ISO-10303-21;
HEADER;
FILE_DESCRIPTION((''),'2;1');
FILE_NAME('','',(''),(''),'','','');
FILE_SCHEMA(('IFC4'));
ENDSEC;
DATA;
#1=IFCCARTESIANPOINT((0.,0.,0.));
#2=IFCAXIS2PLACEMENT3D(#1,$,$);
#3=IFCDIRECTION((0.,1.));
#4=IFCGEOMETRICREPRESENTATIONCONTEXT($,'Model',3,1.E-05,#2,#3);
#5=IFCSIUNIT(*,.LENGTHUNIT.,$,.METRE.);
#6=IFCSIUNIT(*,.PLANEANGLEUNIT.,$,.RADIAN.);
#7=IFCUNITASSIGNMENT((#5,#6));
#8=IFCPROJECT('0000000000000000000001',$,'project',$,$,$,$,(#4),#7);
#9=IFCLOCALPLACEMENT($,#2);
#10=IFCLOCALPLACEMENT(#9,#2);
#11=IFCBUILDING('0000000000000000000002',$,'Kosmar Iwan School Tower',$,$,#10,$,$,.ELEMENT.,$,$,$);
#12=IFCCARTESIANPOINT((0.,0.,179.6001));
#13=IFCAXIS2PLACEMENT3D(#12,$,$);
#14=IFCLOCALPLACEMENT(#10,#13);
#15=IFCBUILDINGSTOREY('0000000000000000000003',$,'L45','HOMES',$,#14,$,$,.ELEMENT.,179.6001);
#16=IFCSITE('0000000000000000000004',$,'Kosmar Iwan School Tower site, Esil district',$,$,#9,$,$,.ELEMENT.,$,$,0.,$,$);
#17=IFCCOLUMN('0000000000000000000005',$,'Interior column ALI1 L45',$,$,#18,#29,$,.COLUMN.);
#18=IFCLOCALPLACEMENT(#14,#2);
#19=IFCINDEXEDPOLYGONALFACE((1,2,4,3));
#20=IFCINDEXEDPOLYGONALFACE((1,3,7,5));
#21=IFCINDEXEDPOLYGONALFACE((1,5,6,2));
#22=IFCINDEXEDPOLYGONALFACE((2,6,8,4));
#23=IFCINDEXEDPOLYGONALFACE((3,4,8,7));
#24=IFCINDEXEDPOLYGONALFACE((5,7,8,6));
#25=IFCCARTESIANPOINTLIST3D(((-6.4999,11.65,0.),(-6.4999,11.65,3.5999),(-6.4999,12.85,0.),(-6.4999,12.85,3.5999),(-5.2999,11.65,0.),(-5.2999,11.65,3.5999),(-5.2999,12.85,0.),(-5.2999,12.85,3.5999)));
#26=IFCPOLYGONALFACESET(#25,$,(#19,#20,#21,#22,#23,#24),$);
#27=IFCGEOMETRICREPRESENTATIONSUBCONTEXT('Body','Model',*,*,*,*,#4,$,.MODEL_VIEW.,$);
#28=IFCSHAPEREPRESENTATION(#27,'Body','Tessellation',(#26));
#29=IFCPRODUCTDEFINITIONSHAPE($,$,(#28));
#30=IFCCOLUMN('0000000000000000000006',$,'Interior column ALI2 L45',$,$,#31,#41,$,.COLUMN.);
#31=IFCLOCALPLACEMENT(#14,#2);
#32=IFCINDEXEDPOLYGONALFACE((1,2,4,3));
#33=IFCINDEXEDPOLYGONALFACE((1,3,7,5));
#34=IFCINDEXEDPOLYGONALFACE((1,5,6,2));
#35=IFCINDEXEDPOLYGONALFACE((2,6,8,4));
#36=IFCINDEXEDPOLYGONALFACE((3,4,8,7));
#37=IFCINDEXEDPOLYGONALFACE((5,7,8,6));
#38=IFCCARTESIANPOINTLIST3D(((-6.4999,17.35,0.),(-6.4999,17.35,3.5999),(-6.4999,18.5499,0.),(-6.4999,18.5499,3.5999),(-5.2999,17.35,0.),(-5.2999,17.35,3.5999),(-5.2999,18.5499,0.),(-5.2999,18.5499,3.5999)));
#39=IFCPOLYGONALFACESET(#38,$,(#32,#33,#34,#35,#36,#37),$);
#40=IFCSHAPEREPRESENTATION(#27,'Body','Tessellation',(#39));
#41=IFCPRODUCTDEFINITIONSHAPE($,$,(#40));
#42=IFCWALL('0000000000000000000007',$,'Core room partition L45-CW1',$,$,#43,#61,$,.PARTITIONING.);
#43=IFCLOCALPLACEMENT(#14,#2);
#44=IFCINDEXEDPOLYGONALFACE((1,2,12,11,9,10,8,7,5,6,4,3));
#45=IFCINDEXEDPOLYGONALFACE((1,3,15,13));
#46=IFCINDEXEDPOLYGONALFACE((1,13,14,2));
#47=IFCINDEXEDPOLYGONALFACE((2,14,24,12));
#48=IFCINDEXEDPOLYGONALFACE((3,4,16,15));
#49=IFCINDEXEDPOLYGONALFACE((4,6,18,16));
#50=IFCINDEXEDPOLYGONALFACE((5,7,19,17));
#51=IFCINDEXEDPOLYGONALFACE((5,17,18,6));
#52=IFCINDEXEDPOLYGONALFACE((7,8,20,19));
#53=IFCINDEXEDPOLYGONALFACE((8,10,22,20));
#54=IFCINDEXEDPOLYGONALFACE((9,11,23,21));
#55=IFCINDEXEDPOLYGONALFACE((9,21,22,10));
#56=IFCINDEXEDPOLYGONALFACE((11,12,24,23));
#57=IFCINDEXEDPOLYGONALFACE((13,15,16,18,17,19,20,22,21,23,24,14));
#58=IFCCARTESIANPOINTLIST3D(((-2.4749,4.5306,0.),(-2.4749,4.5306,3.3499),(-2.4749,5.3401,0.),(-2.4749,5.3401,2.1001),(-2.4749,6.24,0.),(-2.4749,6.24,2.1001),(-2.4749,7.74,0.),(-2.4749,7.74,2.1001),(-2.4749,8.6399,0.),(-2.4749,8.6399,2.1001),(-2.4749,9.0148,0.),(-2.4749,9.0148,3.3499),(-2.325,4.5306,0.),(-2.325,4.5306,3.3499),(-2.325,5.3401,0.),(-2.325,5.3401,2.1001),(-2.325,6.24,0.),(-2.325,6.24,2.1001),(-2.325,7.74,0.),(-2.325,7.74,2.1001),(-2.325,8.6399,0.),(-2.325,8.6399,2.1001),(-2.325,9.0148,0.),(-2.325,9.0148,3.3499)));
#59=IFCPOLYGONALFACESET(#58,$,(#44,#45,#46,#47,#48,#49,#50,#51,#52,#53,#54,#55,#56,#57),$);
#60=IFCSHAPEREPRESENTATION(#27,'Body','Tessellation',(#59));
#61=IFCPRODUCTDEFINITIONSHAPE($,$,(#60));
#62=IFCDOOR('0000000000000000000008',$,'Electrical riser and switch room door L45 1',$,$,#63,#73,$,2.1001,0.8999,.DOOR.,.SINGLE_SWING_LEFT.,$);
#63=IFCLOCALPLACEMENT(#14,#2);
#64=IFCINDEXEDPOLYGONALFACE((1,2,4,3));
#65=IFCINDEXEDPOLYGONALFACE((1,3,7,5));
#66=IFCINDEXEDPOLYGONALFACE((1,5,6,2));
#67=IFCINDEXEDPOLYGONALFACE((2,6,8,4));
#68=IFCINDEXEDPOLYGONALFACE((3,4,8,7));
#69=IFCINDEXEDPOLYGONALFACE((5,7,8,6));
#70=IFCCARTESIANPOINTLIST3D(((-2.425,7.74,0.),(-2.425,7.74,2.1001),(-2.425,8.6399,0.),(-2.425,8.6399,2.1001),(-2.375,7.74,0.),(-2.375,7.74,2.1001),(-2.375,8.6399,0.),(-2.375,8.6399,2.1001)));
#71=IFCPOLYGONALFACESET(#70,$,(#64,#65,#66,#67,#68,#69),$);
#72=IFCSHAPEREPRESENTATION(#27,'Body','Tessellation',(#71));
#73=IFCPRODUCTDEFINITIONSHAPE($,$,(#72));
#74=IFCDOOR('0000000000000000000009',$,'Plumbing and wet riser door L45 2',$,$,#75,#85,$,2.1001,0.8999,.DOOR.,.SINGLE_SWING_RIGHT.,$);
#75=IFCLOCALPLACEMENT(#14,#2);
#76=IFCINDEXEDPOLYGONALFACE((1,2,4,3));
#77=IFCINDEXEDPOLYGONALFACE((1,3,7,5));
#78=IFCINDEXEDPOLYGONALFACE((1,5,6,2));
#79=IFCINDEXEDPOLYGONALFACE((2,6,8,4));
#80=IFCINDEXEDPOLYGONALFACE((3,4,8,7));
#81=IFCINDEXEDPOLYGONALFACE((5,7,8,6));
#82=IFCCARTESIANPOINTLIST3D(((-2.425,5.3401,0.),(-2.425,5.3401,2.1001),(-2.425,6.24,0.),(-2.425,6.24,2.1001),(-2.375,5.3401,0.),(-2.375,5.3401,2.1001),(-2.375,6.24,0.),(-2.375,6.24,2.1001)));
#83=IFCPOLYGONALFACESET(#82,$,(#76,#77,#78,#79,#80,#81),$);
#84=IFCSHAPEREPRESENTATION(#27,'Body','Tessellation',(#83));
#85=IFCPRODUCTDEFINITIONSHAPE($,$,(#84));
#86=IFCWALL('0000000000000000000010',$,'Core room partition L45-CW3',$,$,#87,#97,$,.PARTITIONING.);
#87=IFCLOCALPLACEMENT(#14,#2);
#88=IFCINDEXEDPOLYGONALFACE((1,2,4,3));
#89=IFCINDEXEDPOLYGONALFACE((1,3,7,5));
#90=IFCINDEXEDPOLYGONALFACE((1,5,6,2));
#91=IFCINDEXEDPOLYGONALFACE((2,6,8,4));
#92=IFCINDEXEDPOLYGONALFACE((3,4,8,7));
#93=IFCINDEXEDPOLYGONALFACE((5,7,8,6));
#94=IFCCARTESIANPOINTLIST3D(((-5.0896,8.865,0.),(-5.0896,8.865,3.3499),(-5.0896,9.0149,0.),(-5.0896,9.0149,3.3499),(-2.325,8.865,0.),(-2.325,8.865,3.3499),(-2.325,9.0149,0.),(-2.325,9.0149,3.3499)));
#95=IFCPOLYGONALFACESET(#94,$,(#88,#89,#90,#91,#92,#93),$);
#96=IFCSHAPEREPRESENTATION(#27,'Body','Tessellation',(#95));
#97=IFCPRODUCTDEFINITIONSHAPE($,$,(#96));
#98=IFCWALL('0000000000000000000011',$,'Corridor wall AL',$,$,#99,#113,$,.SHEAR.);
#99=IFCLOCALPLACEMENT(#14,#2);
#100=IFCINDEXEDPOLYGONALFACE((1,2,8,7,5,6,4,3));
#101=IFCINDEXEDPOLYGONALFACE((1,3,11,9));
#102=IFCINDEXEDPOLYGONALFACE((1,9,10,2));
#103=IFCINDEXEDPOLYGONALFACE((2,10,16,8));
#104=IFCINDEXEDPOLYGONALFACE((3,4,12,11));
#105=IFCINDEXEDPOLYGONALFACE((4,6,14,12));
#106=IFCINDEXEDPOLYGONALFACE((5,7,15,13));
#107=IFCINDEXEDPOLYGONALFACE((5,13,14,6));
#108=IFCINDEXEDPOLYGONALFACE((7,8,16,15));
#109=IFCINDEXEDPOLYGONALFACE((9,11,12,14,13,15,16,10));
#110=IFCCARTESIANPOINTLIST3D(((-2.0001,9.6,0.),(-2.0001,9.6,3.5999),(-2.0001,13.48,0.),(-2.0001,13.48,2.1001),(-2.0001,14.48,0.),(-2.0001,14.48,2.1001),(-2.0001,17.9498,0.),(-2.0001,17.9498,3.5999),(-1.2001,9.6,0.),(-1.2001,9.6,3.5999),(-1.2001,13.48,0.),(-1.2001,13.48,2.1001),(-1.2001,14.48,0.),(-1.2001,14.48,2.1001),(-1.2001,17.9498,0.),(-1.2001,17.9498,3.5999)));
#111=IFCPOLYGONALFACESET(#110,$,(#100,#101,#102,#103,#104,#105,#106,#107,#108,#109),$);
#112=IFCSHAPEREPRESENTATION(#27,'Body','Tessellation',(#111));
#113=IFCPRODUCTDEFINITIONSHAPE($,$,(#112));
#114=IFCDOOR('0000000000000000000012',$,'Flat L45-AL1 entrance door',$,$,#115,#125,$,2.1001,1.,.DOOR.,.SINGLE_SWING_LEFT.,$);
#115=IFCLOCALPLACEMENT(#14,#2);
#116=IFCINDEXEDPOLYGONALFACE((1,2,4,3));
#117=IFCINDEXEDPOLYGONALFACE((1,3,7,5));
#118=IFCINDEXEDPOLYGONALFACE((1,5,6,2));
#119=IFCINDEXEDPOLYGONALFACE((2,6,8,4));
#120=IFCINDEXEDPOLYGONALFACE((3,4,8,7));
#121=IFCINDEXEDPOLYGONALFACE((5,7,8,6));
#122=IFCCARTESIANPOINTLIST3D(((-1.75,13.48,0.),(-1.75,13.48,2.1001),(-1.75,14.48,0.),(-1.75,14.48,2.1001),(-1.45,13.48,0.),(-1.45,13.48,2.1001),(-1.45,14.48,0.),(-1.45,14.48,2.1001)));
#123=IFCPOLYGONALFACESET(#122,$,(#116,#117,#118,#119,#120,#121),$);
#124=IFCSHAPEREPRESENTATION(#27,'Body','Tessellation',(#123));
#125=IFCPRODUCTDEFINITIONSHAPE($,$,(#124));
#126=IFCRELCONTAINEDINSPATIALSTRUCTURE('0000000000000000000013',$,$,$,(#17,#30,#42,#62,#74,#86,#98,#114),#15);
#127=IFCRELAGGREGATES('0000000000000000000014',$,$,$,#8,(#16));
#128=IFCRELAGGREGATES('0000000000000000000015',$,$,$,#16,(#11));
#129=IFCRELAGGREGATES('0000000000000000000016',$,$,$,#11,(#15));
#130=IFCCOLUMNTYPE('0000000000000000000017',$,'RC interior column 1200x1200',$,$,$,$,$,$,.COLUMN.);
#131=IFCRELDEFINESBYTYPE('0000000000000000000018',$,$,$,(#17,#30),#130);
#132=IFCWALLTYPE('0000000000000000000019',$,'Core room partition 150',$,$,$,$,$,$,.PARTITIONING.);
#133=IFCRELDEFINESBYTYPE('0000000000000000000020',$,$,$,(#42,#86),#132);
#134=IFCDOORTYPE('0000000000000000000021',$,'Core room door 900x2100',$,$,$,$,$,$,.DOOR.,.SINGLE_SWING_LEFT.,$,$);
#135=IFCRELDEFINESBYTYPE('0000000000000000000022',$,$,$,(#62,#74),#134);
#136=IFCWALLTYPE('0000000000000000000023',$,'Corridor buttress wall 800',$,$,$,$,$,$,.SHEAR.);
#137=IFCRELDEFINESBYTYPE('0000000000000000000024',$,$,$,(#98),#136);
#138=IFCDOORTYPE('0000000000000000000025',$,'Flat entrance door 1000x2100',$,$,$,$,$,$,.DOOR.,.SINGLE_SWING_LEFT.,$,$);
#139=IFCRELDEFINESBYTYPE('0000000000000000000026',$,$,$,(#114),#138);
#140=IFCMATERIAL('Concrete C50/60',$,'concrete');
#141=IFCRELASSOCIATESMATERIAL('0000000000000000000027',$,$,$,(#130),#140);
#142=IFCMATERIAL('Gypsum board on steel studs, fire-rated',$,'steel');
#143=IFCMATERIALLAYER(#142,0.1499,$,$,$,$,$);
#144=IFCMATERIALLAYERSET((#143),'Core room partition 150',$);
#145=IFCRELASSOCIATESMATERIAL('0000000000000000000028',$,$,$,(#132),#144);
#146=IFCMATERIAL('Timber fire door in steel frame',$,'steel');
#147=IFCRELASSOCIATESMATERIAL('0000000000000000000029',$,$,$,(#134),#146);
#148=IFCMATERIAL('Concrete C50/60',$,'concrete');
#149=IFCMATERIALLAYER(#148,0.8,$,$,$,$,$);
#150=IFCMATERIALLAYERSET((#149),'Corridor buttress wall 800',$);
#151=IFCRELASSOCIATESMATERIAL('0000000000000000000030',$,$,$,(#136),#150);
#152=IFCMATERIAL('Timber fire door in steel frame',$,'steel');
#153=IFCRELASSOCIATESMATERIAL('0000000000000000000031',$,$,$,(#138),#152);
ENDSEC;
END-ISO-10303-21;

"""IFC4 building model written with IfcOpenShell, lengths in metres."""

from ifc_helpers import new_model, si_unit, direction, frame, frame_2d, origin, origin_2d, place, context, subcontext, project, spatial, rectangle, extrude, material, layer, layer_set, material_profile, profile_set, type_object, element, fill, save


model = new_model("IFC4")

# Units and contexts
model_context = context("Model", 3, precision=1e-05, world=origin(), true_north=direction((0.0, 1.0)))
body_context = subcontext(model_context, "Body", "Model", "MODEL_VIEW")
ifc_project = project(units=[si_unit("LENGTHUNIT", "METRE"), si_unit("PLANEANGLEUNIT", "RADIAN")], contexts=[model_context])

# Site, building, storey
site_placement = place(None, origin())
site = spatial("IfcSite", under=ifc_project, at=site_placement, Name="Kosmar Iwan School Tower site, Esil district", CompositionType="ELEMENT", RefElevation=0.0)
building_placement = place(site_placement, origin())
building = spatial("IfcBuilding", under=site, at=building_placement, Name="Kosmar Iwan School Tower", CompositionType="ELEMENT")
storey_placement = place(building_placement, frame((0.0, 0.0, 179.6001)))
storey = spatial("IfcBuildingStorey", under=building, at=storey_placement, Name="L45", Description="HOMES", CompositionType="ELEMENT", Elevation=179.6001)

# Columns
ifc_material_1 = material(Name="Concrete C50/60", Category="concrete")
ifc_material_profile = material_profile(ifc_material_1, rectangle(XDim=1.2, YDim=1.2, at=origin_2d()), Name="RC 1200x1200")
ifc_profile_set = profile_set([ifc_material_profile], Name="Concrete C50/60")
column_type = type_object("IfcColumnType", Name="RC interior column 1200x1200", PredefinedType="COLUMN", material=ifc_profile_set)
for number, where, z_axis, x_axis, name in (
    (1, (-5.8999, 12.25, 0.0), (0.0, 0.0, 1.0), (0.0, 1.0, 0.0), "Interior column ALI1 L45"),
    (2, (-5.8999, 17.95, 0.0), (0.0, 0.0, 1.0), (0.0, 1.0, 0.0), "Interior column ALI2 L45"),
):
    element("IfcColumn", number, at=place(storey_placement, frame(where, z_axis=z_axis, x_axis=x_axis)), inside=storey, type_object=column_type, Name=name, PredefinedType="COLUMN", context=body_context, shape_type="SweptSolid", body=[
        extrude(rectangle(XDim=1.2, YDim=1.2, at=origin_2d()), origin(), (0.0, 0.0, 1.0), 3.5999),
    ])

# Wall, openings, doors
ifc_material_2 = material(Name="Gypsum board on steel studs, fire-rated", Category="steel")
ifc_layer_1 = layer(ifc_material_2, 0.1499)
ifc_layer_set_1 = layer_set([ifc_layer_1], Name="Core room partition 150")
wall_type_1 = type_object("IfcWallType", Name="Core room partition 150", PredefinedType="PARTITIONING", material=ifc_layer_set_1)
wall_1_placement = place(storey_placement, frame((-2.3999, 9.0149, 0.0), z_axis=(0.0, 0.0, 1.0), x_axis=(0.0, -1.0, 0.0)))
wall_1 = element("IfcWall", 3, at=wall_1_placement, inside=storey, type_object=wall_type_1, Name="Core room partition L45-CW1", PredefinedType="PARTITIONING", context=body_context, shape_type="SweptSolid", body=[
    extrude(rectangle(XDim=4.4841, YDim=0.1499, at=frame_2d((2.2422, 0.0))), origin(), (0.0, 0.0, 1.0), 3.3499),
])
opening_1_placement = place(wall_1_placement, frame((0.375, 0.0, 0.0)))
opening_1 = element("IfcOpeningElement", 4, at=opening_1_placement, cuts=wall_1, PredefinedType="OPENING", context=body_context, shape_type="SweptSolid", body=[
    extrude(rectangle(XDim=0.8999, YDim=2.1001, at=frame_2d((0.45, 1.05))), frame((0.0, 0.0869, 0.0), z_axis=(0.0, -1.0, 0.0), x_axis=(1.0, 0.0, 0.0)), (0.0, 0.0, 1.0), 0.1738),
])
opening_2_placement = place(wall_1_placement, frame((2.7749, 0.0, 0.0)))
opening_2 = element("IfcOpeningElement", 5, at=opening_2_placement, cuts=wall_1, PredefinedType="OPENING", context=body_context, shape_type="SweptSolid", body=[
    extrude(rectangle(XDim=0.8999, YDim=2.1001, at=frame_2d((0.45, 1.05))), frame((0.0, 0.0869, 0.0), z_axis=(0.0, -1.0, 0.0), x_axis=(1.0, 0.0, 0.0)), (0.0, 0.0, 1.0), 0.1738),
])
ifc_material_3 = material(Name="Timber fire door in steel frame", Category="steel")
door_type_1 = type_object("IfcDoorType", Name="Core room door 900x2100", OperationType="SINGLE_SWING_LEFT", PredefinedType="DOOR", material=ifc_material_3)
door_1_placement = place(opening_1_placement, origin())
door_1 = element("IfcDoor", 6, at=door_1_placement, inside=storey, type_object=door_type_1, Name="Electrical riser and switch room door L45 1", OperationType="SINGLE_SWING_LEFT", OverallHeight=2.1001, OverallWidth=0.8999, PredefinedType="DOOR", context=body_context, shape_type="SweptSolid", body=[
    extrude(rectangle(XDim=0.8999, YDim=2.1001, at=frame_2d((0.45, 1.05))), frame((0.0, 0.0249, 0.0), z_axis=(0.0, -1.0, 0.0), x_axis=(1.0, 0.0, 0.0)), (0.0, 0.0, 1.0), 0.05),
])
fill(opening_1, door_1)
door_2_placement = place(opening_2_placement, origin())
door_2 = element("IfcDoor", 7, at=door_2_placement, inside=storey, type_object=door_type_1, Name="Plumbing and wet riser door L45 2", OperationType="SINGLE_SWING_RIGHT", OverallHeight=2.1001, OverallWidth=0.8999, PredefinedType="DOOR", context=body_context, shape_type="SweptSolid", body=[
    extrude(rectangle(XDim=0.8999, YDim=2.1001, at=frame_2d((0.45, 1.05))), frame((0.0, 0.0249, 0.0), z_axis=(0.0, -1.0, 0.0), x_axis=(1.0, 0.0, 0.0)), (0.0, 0.0, 1.0), 0.05),
])
fill(opening_2, door_2)

# Wall
wall_2_placement = place(storey_placement, frame((-5.0896, 8.9399, 0.0), z_axis=(0.0, 0.0, 1.0), x_axis=(1.0, 0.0, 0.0)))
element("IfcWall", 8, at=wall_2_placement, inside=storey, type_object=wall_type_1, Name="Core room partition L45-CW3", PredefinedType="PARTITIONING", context=body_context, shape_type="SweptSolid", body=[
    extrude(rectangle(XDim=2.7646, YDim=0.1499, at=frame_2d((1.3823, 0.0))), origin(), (0.0, 0.0, 1.0), 3.3499),
])

# Wall, opening, door
ifc_material_4 = material(Name="Concrete C50/60", Category="concrete")
ifc_layer_2 = layer(ifc_material_4, 0.8)
ifc_layer_set_2 = layer_set([ifc_layer_2], Name="Corridor buttress wall 800")
wall_type_2 = type_object("IfcWallType", Name="Corridor buttress wall 800", PredefinedType="SHEAR", material=ifc_layer_set_2)
wall_3_placement = place(storey_placement, frame((-1.6001, 9.6001, 0.0), z_axis=(0.0, 0.0, 1.0), x_axis=(0.0, 1.0, 0.0)))
wall_3 = element("IfcWall", 9, at=wall_3_placement, inside=storey, type_object=wall_type_2, Name="Corridor wall AL", PredefinedType="SHEAR", context=body_context, shape_type="SweptSolid", body=[
    extrude(rectangle(XDim=8.3499, YDim=0.8, at=frame_2d((4.1748, 0.0))), origin(), (0.0, 0.0, 1.0), 3.5999),
])
opening_3_placement = place(wall_3_placement, frame((3.8799, 0.0, 0.0)))
opening_3 = element("IfcOpeningElement", 10, at=opening_3_placement, cuts=wall_3, PredefinedType="OPENING", context=body_context, shape_type="SweptSolid", body=[
    extrude(rectangle(XDim=1.0, YDim=2.1001, at=frame_2d((0.5, 1.05))), frame((0.0, 0.4121, 0.0), z_axis=(0.0, -1.0, 0.0), x_axis=(1.0, 0.0, 0.0)), (0.0, 0.0, 1.0), 0.824),
])
ifc_material_5 = material(Name="Timber fire door in steel frame", Category="steel")
door_type_2 = type_object("IfcDoorType", Name="Flat entrance door 1000x2100", OperationType="SINGLE_SWING_LEFT", PredefinedType="DOOR", material=ifc_material_5)
door_3_placement = place(opening_3_placement, origin())
door_3 = element("IfcDoor", 11, at=door_3_placement, inside=storey, type_object=door_type_2, Name="Flat L45-AL1 entrance door", OperationType="SINGLE_SWING_LEFT", OverallHeight=2.1001, OverallWidth=1.0, PredefinedType="DOOR", context=body_context, shape_type="SweptSolid", body=[
    extrude(rectangle(XDim=1.0, YDim=2.1001, at=frame_2d((0.5, 1.05))), frame((0.0, 0.1499, 0.0), z_axis=(0.0, -1.0, 0.0), x_axis=(1.0, 0.0, 0.0)), (0.0, 0.0, 1.0), 0.3),
])
fill(opening_3, door_3)

save(model, "model.ifc")
